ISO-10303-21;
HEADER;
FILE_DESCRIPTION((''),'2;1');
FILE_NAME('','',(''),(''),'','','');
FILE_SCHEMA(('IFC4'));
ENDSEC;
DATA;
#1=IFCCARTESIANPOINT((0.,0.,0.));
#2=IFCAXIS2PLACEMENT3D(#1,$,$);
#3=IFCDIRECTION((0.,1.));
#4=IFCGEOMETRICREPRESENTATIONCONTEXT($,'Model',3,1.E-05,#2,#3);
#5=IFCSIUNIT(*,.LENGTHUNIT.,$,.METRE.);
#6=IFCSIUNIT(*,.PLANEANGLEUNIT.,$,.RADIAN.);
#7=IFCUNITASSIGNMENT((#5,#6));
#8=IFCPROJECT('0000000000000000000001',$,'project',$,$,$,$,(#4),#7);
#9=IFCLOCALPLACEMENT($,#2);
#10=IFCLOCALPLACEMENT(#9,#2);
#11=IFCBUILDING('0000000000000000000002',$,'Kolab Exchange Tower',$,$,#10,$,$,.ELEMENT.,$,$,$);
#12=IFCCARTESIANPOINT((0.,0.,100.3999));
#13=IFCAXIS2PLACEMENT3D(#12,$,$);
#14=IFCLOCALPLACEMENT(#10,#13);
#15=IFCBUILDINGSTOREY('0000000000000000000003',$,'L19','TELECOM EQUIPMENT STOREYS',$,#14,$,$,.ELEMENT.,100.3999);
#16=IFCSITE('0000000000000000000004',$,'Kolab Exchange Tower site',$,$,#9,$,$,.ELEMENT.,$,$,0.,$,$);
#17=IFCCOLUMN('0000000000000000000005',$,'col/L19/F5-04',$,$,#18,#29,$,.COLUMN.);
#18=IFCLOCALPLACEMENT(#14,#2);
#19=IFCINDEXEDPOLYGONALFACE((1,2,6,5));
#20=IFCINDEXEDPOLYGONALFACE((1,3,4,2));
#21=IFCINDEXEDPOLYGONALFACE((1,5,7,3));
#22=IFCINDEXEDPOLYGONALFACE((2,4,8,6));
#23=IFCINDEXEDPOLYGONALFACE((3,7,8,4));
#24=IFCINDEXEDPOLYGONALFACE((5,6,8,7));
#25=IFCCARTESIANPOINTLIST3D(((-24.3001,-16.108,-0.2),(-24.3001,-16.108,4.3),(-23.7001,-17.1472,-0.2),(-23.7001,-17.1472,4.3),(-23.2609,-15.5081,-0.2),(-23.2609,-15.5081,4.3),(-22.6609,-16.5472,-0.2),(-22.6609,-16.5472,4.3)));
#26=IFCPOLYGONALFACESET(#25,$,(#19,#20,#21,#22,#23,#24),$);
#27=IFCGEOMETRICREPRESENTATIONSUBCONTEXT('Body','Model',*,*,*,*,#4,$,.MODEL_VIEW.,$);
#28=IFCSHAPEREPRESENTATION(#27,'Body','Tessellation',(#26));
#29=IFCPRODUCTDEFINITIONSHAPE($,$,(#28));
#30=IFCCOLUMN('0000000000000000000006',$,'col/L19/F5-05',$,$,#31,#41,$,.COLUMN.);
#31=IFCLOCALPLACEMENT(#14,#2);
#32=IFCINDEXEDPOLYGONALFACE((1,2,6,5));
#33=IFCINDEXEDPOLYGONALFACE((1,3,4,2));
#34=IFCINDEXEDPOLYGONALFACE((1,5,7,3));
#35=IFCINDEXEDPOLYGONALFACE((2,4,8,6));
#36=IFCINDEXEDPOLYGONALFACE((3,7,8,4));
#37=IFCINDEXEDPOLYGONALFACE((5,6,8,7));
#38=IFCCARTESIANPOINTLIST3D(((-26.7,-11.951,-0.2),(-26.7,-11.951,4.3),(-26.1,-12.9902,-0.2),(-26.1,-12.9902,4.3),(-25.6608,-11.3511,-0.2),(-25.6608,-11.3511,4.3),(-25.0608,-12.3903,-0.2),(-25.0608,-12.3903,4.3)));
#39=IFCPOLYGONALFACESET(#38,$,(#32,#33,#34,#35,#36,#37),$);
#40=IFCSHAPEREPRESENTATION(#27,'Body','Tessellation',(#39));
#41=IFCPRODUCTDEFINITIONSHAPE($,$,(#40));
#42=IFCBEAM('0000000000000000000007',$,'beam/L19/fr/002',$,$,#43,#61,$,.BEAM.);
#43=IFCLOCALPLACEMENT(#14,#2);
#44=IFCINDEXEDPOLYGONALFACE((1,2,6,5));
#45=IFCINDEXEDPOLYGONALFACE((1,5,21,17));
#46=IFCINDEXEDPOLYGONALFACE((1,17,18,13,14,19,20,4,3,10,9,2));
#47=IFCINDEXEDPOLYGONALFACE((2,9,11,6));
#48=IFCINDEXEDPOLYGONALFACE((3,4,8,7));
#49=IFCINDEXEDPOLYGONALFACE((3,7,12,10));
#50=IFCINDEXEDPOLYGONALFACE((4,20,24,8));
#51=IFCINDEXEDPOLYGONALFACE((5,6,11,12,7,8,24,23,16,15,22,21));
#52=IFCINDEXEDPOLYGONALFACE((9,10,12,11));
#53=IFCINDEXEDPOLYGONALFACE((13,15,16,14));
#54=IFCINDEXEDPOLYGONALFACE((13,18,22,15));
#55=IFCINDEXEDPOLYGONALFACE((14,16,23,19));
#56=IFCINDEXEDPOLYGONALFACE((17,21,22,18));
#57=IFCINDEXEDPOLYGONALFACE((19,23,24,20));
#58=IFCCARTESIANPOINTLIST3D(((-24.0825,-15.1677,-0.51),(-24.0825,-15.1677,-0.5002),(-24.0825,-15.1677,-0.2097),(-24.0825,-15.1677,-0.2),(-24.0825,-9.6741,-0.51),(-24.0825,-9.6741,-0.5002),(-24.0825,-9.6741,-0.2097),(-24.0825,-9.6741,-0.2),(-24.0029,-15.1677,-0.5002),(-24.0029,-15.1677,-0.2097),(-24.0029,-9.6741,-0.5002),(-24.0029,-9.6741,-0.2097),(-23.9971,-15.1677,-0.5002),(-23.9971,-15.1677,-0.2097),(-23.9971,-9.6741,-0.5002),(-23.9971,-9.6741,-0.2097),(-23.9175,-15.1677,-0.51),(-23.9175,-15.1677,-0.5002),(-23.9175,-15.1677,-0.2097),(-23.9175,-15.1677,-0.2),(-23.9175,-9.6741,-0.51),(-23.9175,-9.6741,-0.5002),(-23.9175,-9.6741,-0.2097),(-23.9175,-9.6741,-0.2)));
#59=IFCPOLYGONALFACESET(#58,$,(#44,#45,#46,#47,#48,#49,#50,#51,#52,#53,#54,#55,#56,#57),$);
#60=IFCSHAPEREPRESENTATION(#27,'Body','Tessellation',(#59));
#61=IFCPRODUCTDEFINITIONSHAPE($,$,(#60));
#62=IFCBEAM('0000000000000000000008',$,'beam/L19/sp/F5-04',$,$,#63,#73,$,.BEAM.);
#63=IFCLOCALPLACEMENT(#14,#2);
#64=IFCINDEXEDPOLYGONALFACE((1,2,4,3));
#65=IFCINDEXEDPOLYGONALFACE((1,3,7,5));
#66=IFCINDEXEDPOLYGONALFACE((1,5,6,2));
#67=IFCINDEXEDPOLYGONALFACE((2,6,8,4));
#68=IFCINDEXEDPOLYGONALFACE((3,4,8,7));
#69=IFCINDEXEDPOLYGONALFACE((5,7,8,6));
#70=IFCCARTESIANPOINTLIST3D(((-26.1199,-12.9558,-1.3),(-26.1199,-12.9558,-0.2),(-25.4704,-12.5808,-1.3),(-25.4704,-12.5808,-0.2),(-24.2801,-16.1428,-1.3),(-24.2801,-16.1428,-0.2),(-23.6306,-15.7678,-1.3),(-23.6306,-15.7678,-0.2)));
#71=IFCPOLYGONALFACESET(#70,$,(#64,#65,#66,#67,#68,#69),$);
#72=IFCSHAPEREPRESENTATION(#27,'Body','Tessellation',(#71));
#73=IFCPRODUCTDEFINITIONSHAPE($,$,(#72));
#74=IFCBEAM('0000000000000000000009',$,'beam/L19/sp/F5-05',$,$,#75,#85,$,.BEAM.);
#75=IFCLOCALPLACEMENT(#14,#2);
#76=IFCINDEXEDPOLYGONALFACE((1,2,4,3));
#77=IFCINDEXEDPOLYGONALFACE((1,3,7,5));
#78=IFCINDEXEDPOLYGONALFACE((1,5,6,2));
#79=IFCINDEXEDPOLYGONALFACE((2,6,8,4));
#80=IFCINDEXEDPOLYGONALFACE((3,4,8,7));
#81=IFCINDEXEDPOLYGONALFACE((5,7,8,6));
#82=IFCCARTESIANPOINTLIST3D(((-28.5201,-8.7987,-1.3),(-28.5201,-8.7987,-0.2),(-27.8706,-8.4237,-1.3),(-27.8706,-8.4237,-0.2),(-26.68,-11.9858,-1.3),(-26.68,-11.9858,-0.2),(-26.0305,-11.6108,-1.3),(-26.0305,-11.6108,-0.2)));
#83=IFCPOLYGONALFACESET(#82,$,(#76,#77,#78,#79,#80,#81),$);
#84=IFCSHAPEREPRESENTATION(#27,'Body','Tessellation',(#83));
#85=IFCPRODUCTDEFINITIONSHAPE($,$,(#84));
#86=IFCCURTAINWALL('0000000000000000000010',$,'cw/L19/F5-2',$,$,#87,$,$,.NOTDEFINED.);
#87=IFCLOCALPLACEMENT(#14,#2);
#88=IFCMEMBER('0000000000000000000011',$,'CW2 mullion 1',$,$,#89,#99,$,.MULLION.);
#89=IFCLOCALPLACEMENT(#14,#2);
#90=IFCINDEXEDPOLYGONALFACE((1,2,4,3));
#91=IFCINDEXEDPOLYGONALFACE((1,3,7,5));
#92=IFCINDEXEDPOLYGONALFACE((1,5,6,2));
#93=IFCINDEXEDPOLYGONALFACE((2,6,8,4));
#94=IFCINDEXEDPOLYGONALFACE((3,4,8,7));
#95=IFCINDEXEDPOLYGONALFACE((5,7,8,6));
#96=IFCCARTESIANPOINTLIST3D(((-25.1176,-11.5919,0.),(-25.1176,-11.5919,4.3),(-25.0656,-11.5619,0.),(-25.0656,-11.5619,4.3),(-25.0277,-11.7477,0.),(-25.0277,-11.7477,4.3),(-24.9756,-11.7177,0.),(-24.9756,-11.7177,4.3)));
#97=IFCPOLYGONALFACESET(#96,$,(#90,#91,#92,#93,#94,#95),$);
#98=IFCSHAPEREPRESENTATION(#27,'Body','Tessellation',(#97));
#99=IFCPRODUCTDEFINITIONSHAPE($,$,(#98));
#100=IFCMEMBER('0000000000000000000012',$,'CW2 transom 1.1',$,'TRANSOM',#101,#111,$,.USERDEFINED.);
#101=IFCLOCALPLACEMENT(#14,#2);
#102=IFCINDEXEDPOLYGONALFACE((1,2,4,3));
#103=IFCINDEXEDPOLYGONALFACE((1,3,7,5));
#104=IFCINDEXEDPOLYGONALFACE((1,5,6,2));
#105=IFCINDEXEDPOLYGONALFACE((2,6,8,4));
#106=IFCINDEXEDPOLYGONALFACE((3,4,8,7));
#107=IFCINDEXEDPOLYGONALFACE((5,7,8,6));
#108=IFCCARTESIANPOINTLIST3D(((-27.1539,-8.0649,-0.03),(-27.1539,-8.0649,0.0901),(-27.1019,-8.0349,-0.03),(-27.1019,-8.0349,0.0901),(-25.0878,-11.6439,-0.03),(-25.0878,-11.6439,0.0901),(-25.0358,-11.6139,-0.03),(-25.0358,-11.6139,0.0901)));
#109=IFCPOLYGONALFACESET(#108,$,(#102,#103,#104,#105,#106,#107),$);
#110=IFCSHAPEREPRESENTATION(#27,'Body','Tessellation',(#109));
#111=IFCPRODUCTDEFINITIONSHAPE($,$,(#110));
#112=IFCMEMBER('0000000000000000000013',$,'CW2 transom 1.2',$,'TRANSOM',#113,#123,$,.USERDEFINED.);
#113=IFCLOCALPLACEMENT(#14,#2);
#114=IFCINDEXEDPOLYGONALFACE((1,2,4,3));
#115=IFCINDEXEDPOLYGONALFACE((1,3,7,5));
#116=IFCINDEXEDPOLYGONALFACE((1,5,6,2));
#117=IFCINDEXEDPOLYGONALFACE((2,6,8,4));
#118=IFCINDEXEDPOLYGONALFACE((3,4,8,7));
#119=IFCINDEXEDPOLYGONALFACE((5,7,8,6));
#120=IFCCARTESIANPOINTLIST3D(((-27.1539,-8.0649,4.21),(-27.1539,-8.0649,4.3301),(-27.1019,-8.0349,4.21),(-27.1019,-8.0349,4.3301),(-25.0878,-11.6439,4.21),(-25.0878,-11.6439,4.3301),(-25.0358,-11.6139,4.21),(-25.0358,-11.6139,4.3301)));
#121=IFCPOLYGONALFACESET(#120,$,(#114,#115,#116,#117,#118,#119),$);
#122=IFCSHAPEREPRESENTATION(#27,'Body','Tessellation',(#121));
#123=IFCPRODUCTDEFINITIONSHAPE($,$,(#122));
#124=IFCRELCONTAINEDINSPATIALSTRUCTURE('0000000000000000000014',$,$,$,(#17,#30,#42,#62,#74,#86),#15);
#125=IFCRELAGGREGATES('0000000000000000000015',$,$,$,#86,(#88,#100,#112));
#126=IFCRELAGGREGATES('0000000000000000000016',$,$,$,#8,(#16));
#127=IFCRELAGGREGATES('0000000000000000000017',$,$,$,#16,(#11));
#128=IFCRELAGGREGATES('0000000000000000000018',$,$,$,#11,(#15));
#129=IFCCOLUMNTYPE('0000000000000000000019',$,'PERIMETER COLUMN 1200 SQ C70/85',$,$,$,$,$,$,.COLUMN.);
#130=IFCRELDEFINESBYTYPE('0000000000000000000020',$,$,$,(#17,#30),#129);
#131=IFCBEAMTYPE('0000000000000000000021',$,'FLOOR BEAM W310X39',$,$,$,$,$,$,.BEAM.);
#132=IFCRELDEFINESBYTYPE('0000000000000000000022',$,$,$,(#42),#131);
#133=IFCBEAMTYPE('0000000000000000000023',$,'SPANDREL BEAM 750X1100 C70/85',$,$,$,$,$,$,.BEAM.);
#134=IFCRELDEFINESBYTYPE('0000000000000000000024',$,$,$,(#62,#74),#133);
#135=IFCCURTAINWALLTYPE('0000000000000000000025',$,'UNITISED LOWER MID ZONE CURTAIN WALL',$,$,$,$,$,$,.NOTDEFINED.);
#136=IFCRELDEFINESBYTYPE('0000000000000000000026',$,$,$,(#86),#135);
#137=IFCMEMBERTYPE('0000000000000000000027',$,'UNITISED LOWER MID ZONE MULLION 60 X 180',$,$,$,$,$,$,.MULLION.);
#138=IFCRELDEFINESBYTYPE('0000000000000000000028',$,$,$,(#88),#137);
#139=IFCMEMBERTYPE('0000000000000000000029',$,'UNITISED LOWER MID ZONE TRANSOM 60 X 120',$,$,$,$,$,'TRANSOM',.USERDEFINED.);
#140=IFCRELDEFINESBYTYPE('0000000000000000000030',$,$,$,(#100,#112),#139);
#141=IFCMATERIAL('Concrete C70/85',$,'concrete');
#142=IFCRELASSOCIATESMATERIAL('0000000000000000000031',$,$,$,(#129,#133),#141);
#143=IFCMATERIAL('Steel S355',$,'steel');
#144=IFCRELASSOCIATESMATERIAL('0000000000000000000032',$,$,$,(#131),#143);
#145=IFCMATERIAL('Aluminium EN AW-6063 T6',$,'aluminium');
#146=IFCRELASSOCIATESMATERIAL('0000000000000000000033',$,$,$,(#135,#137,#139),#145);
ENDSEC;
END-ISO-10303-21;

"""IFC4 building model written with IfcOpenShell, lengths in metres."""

from ifc_helpers import new_model, si_unit, direction, frame, origin, origin_2d, place, context, subcontext, project, spatial, rectangle, i_section, extrude, material, material_profile, profile_set, type_object, element, aggregate, save


model = new_model("IFC4")

# Units and contexts
model_context = context("Model", 3, precision=1e-05, world=origin(), true_north=direction((0.0, 1.0)))
body_context = subcontext(model_context, "Body", "Model", "MODEL_VIEW")
ifc_project = project(units=[si_unit("LENGTHUNIT", "METRE"), si_unit("PLANEANGLEUNIT", "RADIAN")], contexts=[model_context])

# Site, building, storey
site_placement = place(None, origin())
site = spatial("IfcSite", under=ifc_project, at=site_placement, Name="Kolab Exchange Tower site", CompositionType="ELEMENT", RefElevation=0.0)
building_placement = place(site_placement, origin())
building = spatial("IfcBuilding", under=site, at=building_placement, Name="Kolab Exchange Tower", CompositionType="ELEMENT")
storey_placement = place(building_placement, frame((0.0, 0.0, 100.3999)))
storey = spatial("IfcBuildingStorey", under=building, at=storey_placement, Name="L19", Description="TELECOM EQUIPMENT STOREYS", CompositionType="ELEMENT", Elevation=100.3999)

# Columns
ifc_material_1 = material(Name="Concrete C70/85", Category="concrete")
ifc_material_profile_1 = material_profile(ifc_material_1, rectangle(XDim=1.2, YDim=1.2, at=origin_2d()), Name="RC1200")
ifc_profile_set_1 = profile_set([ifc_material_profile_1], Name="Concrete C70/85")
column_type = type_object("IfcColumnType", Name="PERIMETER COLUMN 1200 SQ C70/85", PredefinedType="COLUMN", material=ifc_profile_set_1)
for number, where, z_axis, x_axis, name in (
    (1, (-23.4805, -16.3276, -0.2), (0.0, 0.0, 1.0), (0.866025, 0.5, 0.0), "col/L19/F5-04"),
    (2, (-25.8804, -12.1707, -0.2), (0.0, 0.0, 1.0), (0.866025, 0.5, 0.0), "col/L19/F5-05"),
):
    element("IfcColumn", number, at=place(storey_placement, frame(where, z_axis=z_axis, x_axis=x_axis)), inside=storey, type_object=column_type, Name=name, PredefinedType="COLUMN", context=body_context, shape_type="SweptSolid", body=[
        extrude(rectangle(XDim=1.2, YDim=1.2, at=origin_2d()), origin(), (0.0, 0.0, 1.0), 4.5),
    ])

# Beams
ifc_material_2 = material(Name="Steel S355", Category="steel")
ifc_material_profile_2 = material_profile(ifc_material_2, i_section(OverallWidth=0.165, OverallDepth=0.3101, WebThickness=0.0059, FlangeThickness=0.0098, at=origin_2d()), Name="W310X39")
ifc_profile_set_2 = profile_set([ifc_material_profile_2], Name="Steel S355")
beam_type_1 = type_object("IfcBeamType", Name="FLOOR BEAM W310X39", PredefinedType="BEAM", material=ifc_profile_set_2)
beam_1_placement = place(storey_placement, frame((-24.0, -15.1677, -0.355), z_axis=(0.0, 1.0, 0.0), x_axis=(-1.0, 0.0, 0.0)))
element("IfcBeam", 3, at=beam_1_placement, inside=storey, type_object=beam_type_1, Name="beam/L19/fr/002", PredefinedType="BEAM", context=body_context, shape_type="SweptSolid", body=[
    extrude(i_section(OverallWidth=0.165, OverallDepth=0.3101, WebThickness=0.0059, FlangeThickness=0.0098, at=origin_2d()), origin(), (0.0, 0.0, 1.0), 5.4937),
])
ifc_material_profile_3 = material_profile(ifc_material_1, rectangle(XDim=0.75, YDim=1.1001, at=origin_2d()), Name="RC750X1100")
ifc_profile_set_3 = profile_set([ifc_material_profile_3], Name="Concrete C70/85")
beam_type_2 = type_object("IfcBeamType", Name="SPANDREL BEAM 750X1100 C70/85", PredefinedType="BEAM", material=ifc_profile_set_3)
beam_2_placement = place(storey_placement, frame((-23.9553, -15.9553, -0.75), z_axis=(-0.499964, 0.866046, 0.0), x_axis=(-0.866046, -0.499964, 0.0)))
element("IfcBeam", 4, at=beam_2_placement, inside=storey, type_object=beam_type_2, Name="beam/L19/sp/F5-04", PredefinedType="BEAM", context=body_context, shape_type="SweptSolid", body=[
    extrude(rectangle(XDim=0.75, YDim=1.1001, at=origin_2d()), origin(), (0.0, 0.0, 1.0), 3.6799),
])
beam_3_placement = place(storey_placement, frame((-26.3552, -11.7983, -0.75), z_axis=(-0.500013, 0.866018, 0.0), x_axis=(-0.866018, -0.500013, 0.0)))
element("IfcBeam", 5, at=beam_3_placement, inside=storey, type_object=beam_type_2, Name="beam/L19/sp/F5-05", PredefinedType="BEAM", context=body_context, shape_type="SweptSolid", body=[
    extrude(rectangle(XDim=0.75, YDim=1.1001, at=origin_2d()), origin(), (0.0, 0.0, 1.0), 3.6802),
])

# Curtain wall, members
ifc_material_3 = material(Name="Aluminium EN AW-6063 T6", Category="aluminium")
curtain_wall_type = type_object("IfcCurtainWallType", Name="UNITISED LOWER MID ZONE CURTAIN WALL", PredefinedType="NOTDEFINED", material=ifc_material_3)
curtain_wall_placement = place(storey_placement, origin())
curtain_wall = element("IfcCurtainWall", 6, at=curtain_wall_placement, inside=storey, type_object=curtain_wall_type, Name="cw/L19/F5-2", PredefinedType="NOTDEFINED")
ifc_material_profile_4 = material_profile(ifc_material_3, rectangle(XDim=0.0601, YDim=0.1799, at=origin_2d()), Name="RECT 60X180")
ifc_profile_set_4 = profile_set([ifc_material_profile_4], Name="Aluminium EN AW-6063 T6")
member_type_1 = type_object("IfcMemberType", Name="UNITISED LOWER MID ZONE MULLION 60 X 180", PredefinedType="MULLION", material=ifc_profile_set_4)
member_1_placement = place(storey_placement, frame((-25.0466, -11.6548, 0.0), z_axis=(0.0, 0.0, 1.0), x_axis=(-0.866025, -0.5, 0.0)))
member_1 = element("IfcMember", 7, at=member_1_placement, type_object=member_type_1, Name="CW2 mullion 1", PredefinedType="MULLION", context=body_context, shape_type="SweptSolid", body=[
    extrude(rectangle(XDim=0.0601, YDim=0.1799, at=origin_2d()), origin(), (0.0, 0.0, 1.0), 4.3),
])
ifc_material_profile_5 = material_profile(ifc_material_3, rectangle(XDim=0.0601, YDim=0.1201, at=origin_2d()), Name="RECT 60X120")
ifc_profile_set_5 = profile_set([ifc_material_profile_5], Name="Aluminium EN AW-6063 T6")
member_type_2 = type_object("IfcMemberType", Name="UNITISED LOWER MID ZONE TRANSOM 60 X 120", ElementType="TRANSOM", PredefinedType="USERDEFINED", material=ifc_profile_set_5)
member_2_placement = place(storey_placement, frame((-25.0618, -11.6289, 0.03), z_axis=(-0.499958, 0.86605, 0.0), x_axis=(-0.86605, -0.499958, 0.0)))
member_2 = element("IfcMember", 8, at=member_2_placement, type_object=member_type_2, Name="CW2 transom 1.1", ObjectType="TRANSOM", PredefinedType="USERDEFINED", context=body_context, shape_type="SweptSolid", body=[
    extrude(rectangle(XDim=0.0601, YDim=0.1201, at=origin_2d()), origin(), (0.0, 0.0, 1.0), 4.1326),
])
member_3_placement = place(storey_placement, frame((-25.0618, -11.6289, 4.27), z_axis=(-0.499958, 0.86605, 0.0), x_axis=(-0.86605, -0.499958, 0.0)))
member_3 = element("IfcMember", 9, at=member_3_placement, type_object=member_type_2, Name="CW2 transom 1.2", ObjectType="TRANSOM", PredefinedType="USERDEFINED", context=body_context, shape_type="SweptSolid", body=[
    extrude(rectangle(XDim=0.0601, YDim=0.1201, at=origin_2d()), origin(), (0.0, 0.0, 1.0), 4.1326),
])
aggregate(curtain_wall, [member_1, member_2, member_3])

save(model, "model.ifc")
